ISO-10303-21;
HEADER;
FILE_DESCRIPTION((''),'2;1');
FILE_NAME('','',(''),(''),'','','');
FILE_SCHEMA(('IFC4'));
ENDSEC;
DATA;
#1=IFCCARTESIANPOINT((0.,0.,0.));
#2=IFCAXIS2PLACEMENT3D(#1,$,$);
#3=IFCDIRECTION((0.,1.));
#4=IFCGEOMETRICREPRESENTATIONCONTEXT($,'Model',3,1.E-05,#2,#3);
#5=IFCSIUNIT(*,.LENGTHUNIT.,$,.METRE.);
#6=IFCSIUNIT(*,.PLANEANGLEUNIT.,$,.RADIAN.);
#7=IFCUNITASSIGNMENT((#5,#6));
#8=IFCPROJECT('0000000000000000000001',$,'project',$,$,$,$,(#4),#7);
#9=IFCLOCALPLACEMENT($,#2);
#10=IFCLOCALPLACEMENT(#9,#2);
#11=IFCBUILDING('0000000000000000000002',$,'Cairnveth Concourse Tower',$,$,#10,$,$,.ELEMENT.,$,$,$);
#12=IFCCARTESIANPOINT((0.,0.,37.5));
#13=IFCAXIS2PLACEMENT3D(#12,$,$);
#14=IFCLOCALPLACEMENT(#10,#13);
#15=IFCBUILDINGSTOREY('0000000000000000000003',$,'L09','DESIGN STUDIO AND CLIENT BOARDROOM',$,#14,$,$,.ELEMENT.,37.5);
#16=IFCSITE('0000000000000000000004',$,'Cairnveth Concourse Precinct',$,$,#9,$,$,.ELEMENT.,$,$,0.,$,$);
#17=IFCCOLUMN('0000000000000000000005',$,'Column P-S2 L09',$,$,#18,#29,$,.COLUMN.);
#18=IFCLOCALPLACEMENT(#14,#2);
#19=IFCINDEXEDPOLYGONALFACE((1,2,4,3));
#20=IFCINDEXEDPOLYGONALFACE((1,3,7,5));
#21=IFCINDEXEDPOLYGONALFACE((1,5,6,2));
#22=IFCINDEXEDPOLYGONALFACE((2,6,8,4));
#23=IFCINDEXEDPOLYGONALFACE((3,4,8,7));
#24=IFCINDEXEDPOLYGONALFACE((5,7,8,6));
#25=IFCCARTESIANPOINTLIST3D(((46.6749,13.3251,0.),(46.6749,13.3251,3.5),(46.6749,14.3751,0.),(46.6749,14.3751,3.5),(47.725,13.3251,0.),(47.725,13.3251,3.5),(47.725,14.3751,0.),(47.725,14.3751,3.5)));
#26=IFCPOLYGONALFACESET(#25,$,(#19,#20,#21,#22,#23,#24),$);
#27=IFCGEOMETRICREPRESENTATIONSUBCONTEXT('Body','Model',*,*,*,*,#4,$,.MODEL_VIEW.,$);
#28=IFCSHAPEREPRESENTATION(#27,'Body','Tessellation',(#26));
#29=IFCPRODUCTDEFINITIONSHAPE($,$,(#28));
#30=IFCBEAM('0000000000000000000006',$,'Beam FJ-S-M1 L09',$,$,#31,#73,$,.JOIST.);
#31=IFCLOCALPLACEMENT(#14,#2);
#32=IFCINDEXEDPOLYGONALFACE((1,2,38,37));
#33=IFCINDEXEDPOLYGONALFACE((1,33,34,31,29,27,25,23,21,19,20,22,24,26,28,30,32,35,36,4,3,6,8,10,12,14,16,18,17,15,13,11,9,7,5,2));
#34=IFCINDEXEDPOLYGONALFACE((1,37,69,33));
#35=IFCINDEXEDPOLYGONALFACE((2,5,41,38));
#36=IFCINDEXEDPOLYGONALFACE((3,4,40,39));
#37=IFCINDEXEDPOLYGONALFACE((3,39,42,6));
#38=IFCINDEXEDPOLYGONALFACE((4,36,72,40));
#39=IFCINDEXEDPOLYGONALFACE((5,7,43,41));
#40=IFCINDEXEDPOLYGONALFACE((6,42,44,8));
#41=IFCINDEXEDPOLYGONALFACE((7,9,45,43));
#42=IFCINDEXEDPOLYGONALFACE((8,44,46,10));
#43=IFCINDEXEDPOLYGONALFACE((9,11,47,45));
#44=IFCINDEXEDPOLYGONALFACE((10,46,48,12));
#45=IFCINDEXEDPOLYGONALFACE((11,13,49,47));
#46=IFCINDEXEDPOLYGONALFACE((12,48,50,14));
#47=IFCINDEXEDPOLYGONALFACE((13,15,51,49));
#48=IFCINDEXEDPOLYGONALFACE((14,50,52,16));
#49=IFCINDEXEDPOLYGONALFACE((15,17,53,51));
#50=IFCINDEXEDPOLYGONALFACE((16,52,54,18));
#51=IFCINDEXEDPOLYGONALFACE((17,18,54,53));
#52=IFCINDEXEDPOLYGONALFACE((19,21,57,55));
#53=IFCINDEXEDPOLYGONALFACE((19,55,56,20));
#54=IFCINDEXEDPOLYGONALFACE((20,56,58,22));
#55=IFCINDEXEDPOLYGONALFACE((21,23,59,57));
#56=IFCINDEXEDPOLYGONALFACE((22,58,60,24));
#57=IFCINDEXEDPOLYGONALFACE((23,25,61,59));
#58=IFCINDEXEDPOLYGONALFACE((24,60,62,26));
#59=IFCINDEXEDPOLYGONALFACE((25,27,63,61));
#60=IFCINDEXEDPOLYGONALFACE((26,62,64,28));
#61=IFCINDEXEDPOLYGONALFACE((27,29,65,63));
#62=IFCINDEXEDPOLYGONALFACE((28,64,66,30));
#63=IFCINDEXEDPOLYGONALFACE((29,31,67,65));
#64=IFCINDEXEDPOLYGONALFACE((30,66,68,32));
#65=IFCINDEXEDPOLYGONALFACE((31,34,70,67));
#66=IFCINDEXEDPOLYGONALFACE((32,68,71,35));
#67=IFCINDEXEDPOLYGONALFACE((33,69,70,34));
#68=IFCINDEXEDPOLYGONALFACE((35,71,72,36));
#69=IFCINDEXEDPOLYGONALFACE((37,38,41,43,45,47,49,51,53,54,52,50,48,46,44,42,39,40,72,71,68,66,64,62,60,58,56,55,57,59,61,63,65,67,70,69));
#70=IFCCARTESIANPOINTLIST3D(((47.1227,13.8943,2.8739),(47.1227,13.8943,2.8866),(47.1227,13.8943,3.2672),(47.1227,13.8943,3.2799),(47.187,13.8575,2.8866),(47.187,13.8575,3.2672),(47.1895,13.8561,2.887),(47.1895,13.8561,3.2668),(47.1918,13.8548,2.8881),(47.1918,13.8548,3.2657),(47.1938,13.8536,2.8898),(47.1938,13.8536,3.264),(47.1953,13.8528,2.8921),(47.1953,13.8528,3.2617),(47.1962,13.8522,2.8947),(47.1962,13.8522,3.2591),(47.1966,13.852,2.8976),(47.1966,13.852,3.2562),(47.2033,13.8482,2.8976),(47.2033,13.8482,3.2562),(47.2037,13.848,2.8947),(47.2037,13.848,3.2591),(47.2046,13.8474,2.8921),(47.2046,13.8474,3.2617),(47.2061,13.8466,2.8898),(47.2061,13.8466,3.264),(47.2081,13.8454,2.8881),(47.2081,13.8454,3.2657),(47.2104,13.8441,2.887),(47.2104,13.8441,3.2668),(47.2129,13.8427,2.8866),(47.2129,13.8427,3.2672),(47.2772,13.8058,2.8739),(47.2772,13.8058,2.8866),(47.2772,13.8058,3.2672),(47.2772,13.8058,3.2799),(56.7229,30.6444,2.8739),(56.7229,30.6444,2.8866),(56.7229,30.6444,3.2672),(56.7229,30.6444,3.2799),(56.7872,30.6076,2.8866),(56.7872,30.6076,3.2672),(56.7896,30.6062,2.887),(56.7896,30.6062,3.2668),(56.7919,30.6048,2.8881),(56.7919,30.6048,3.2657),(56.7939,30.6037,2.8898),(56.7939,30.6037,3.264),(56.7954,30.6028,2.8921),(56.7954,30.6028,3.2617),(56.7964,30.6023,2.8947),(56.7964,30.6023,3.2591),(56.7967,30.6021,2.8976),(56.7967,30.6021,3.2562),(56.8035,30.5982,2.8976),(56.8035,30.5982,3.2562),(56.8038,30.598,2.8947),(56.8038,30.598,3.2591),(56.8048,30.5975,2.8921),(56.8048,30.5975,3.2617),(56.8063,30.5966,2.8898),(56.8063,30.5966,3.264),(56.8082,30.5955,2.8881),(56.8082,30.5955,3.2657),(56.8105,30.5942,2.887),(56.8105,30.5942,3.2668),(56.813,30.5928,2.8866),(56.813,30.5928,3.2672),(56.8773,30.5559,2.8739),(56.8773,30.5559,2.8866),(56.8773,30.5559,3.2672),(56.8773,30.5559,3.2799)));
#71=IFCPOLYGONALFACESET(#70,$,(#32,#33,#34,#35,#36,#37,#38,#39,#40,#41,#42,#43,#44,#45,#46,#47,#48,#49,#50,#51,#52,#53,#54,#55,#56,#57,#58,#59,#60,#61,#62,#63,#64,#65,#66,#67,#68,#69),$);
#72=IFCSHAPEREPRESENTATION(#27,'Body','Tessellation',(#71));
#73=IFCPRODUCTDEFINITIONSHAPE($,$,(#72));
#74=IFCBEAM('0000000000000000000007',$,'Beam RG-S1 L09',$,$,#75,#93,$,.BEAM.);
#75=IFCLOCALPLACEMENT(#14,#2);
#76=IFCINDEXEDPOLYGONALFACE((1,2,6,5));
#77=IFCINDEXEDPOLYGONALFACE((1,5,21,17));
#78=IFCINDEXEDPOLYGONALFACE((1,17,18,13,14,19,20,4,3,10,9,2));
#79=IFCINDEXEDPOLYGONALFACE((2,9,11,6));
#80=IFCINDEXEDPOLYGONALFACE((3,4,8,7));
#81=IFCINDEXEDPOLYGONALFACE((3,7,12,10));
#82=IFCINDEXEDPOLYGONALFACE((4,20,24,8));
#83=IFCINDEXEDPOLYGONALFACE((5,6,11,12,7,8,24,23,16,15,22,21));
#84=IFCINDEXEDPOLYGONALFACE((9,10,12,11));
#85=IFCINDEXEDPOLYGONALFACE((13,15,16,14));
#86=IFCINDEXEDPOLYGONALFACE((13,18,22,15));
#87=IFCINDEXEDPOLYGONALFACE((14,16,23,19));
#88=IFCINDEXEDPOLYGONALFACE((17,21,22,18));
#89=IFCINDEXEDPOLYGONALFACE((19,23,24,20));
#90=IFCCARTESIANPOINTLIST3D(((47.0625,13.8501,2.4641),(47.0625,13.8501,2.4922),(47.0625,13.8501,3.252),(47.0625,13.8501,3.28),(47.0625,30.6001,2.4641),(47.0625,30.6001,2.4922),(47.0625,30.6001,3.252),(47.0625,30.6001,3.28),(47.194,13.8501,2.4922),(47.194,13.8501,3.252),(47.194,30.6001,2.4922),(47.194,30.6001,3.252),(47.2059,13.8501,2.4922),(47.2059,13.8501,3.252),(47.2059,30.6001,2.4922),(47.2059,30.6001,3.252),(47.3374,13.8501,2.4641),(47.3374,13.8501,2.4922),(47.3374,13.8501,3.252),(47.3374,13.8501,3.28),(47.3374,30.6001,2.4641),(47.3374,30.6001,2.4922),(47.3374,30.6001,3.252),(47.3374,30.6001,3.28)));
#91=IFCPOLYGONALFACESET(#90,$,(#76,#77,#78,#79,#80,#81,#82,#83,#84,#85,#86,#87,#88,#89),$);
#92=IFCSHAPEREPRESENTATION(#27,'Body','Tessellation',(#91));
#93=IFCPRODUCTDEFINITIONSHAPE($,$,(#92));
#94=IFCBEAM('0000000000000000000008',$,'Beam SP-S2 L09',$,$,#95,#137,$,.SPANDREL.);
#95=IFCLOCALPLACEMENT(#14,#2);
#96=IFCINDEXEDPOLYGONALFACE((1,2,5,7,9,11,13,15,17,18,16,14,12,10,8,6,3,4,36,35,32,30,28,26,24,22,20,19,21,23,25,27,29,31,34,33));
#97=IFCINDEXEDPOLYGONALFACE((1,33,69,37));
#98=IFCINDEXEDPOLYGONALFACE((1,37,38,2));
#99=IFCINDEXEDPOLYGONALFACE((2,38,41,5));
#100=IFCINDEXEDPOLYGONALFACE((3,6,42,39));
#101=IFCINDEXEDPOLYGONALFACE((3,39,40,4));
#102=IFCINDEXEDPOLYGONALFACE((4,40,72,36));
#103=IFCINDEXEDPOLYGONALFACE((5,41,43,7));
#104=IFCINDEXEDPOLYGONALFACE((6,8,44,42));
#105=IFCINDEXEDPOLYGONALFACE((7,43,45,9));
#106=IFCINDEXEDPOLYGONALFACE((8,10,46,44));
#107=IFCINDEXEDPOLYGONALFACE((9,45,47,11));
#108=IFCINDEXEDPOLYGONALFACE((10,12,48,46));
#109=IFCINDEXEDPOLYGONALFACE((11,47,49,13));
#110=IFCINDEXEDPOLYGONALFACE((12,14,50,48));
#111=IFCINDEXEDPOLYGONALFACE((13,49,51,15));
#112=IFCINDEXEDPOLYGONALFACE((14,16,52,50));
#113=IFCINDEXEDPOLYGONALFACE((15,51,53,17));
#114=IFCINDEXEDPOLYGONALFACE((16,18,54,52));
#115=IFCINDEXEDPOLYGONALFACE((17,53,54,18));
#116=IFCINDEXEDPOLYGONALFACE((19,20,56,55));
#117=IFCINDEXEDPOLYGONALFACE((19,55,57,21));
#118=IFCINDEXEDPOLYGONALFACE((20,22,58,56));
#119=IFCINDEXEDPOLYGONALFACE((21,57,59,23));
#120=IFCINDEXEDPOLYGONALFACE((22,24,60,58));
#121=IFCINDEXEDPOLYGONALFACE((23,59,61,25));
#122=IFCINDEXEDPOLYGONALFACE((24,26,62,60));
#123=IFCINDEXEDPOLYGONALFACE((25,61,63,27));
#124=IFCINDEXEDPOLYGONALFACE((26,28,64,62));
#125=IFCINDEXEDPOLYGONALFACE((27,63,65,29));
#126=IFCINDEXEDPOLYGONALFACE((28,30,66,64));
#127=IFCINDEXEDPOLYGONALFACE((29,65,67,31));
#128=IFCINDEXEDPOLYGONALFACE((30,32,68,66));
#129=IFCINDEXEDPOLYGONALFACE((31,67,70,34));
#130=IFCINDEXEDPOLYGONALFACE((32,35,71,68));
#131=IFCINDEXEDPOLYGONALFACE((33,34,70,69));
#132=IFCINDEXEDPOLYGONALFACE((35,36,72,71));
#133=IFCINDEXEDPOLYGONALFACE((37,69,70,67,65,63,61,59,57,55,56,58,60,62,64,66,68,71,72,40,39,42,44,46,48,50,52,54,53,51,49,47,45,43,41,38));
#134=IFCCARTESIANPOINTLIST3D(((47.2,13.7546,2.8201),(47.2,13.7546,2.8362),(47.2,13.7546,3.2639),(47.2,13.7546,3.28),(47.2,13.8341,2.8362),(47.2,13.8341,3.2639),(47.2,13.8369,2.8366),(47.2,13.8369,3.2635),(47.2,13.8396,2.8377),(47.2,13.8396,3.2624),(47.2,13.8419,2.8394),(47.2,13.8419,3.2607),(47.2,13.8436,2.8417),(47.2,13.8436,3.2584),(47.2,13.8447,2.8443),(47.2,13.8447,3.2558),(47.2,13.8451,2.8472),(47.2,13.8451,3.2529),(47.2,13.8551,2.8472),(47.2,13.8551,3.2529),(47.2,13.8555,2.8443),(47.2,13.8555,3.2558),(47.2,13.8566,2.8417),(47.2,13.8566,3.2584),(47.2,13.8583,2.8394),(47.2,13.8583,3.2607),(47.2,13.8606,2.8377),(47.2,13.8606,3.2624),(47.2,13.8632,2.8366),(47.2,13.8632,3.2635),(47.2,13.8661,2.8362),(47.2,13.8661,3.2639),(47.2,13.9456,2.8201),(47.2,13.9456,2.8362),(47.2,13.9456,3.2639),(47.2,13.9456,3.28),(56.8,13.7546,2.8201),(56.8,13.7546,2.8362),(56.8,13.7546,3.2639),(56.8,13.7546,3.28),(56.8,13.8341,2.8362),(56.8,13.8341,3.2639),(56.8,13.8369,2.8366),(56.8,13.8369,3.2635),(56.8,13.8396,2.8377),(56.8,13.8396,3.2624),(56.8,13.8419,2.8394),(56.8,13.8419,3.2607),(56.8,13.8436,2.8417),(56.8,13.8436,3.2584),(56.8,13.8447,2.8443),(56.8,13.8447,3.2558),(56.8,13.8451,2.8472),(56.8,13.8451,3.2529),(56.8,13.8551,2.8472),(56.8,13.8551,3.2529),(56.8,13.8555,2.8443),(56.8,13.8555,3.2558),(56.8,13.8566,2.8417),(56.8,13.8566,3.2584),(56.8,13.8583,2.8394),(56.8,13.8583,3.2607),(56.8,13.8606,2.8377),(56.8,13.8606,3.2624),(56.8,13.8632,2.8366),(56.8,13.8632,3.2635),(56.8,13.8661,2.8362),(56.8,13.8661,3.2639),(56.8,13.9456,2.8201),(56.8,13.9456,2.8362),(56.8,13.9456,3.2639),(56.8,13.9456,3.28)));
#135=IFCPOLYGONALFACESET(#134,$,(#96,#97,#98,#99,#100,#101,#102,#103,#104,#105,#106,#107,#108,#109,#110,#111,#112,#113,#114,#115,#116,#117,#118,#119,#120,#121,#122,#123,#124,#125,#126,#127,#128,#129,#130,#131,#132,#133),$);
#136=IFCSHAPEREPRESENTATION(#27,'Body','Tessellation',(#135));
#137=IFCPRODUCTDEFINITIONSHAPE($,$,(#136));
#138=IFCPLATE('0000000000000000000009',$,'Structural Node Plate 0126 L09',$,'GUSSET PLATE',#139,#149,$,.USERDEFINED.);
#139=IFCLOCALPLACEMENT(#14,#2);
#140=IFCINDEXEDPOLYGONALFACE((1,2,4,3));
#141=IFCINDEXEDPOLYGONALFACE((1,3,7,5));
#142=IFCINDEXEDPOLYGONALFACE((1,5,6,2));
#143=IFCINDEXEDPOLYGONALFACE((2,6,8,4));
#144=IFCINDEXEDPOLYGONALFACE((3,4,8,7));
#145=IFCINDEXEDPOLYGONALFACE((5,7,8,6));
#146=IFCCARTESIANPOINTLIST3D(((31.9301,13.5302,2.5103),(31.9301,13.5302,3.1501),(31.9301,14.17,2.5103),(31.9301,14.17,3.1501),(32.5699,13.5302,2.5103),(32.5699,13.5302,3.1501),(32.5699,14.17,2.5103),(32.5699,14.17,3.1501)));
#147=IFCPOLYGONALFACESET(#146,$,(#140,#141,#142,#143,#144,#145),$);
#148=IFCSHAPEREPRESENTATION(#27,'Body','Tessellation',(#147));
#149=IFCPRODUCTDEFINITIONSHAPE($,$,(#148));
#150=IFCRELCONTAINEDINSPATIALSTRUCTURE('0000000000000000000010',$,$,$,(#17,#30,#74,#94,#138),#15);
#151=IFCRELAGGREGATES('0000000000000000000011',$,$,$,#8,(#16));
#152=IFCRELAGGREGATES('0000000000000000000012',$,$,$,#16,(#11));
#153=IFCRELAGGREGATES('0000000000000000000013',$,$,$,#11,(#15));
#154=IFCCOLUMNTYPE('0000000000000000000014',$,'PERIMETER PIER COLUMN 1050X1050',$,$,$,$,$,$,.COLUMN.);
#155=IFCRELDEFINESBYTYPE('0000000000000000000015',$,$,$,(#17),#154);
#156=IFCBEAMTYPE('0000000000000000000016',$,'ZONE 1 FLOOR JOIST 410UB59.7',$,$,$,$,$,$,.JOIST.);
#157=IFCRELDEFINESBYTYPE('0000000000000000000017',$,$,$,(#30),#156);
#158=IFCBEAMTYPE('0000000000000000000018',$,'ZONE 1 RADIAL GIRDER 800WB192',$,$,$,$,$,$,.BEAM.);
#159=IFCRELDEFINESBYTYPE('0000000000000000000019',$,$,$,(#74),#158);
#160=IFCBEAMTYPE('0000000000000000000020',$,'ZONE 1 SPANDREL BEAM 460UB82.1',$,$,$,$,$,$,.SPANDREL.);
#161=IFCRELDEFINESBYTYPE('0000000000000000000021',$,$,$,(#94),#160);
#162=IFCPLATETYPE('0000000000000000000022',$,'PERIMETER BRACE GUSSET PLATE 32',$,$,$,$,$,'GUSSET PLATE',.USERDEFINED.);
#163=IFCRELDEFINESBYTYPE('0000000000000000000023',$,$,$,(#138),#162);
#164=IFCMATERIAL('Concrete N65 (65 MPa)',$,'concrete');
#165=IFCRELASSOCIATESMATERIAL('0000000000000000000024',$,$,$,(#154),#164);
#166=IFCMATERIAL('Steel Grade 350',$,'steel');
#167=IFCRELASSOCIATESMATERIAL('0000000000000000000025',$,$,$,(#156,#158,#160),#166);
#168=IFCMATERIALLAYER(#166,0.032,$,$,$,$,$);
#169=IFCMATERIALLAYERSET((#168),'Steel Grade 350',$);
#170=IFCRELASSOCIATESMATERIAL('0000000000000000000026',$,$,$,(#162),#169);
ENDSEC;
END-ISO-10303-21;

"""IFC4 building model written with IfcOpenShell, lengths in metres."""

from ifc_helpers import new_model, si_unit, direction, frame, origin, origin_2d, place, context, subcontext, project, spatial, rectangle, i_section, extrude, material, layer, layer_set, material_profile, profile_set, type_object, element, save


model = new_model("IFC4")

# Units and contexts
model_context = context("Model", 3, precision=1e-05, world=origin(), true_north=direction((0.0, 1.0)))
body_context = subcontext(model_context, "Body", "Model", "MODEL_VIEW")
ifc_project = project(units=[si_unit("LENGTHUNIT", "METRE"), si_unit("PLANEANGLEUNIT", "RADIAN")], contexts=[model_context])

# Site, building, storey
site_placement = place(None, origin())
site = spatial("IfcSite", under=ifc_project, at=site_placement, Name="Cairnveth Concourse Precinct", CompositionType="ELEMENT", RefElevation=0.0)
building_placement = place(site_placement, origin())
building = spatial("IfcBuilding", under=site, at=building_placement, Name="Cairnveth Concourse Tower", CompositionType="ELEMENT")
storey_placement = place(building_placement, frame((0.0, 0.0, 37.5)))
storey = spatial("IfcBuildingStorey", under=building, at=storey_placement, Name="L09", Description="DESIGN STUDIO AND CLIENT BOARDROOM", CompositionType="ELEMENT", Elevation=37.5)

# Column
ifc_material_1 = material(Name="Concrete N65 (65 MPa)", Category="concrete")
ifc_material_profile_1 = material_profile(ifc_material_1, rectangle(XDim=1.05, YDim=1.05, at=origin_2d()), Name="RC-COL-1050x1050")
ifc_profile_set_1 = profile_set([ifc_material_profile_1], Name="Concrete N65 (65 MPa)")
column_type = type_object("IfcColumnType", Name="PERIMETER PIER COLUMN 1050X1050", PredefinedType="COLUMN", material=ifc_profile_set_1)
column_placement = place(storey_placement, frame((47.2, 13.8501, 0.0), z_axis=(0.0, 0.0, 1.0), x_axis=(1.0, 0.0, 0.0)))
element("IfcColumn", 1, at=column_placement, inside=storey, type_object=column_type, Name="Column P-S2 L09", PredefinedType="COLUMN", context=body_context, shape_type="SweptSolid", body=[
    extrude(rectangle(XDim=1.05, YDim=1.05, at=origin_2d()), origin(), (0.0, 0.0, 1.0), 3.5),
])

# Beams
ifc_material_2 = material(Name="Steel Grade 350", Category="steel")
ifc_material_profile_2 = material_profile(ifc_material_2, i_section(OverallWidth=0.178, OverallDepth=0.406, WebThickness=0.0078, FlangeThickness=0.0127, FilletRadius=0.011, at=origin_2d()), Name="410UB59.7")
ifc_profile_set_2 = profile_set([ifc_material_profile_2], Name="Steel Grade 350")
beam_type_1 = type_object("IfcBeamType", Name="ZONE 1 FLOOR JOIST 410UB59.7", PredefinedType="JOIST", material=ifc_profile_set_2)
beam_1_placement = place(storey_placement, frame((47.2, 13.8501, 3.0769), z_axis=(0.497258, 0.867603, 0.0), x_axis=(-0.867603, 0.497258, 0.0)))
element("IfcBeam", 2, at=beam_1_placement, inside=storey, type_object=beam_type_1, Name="Beam FJ-S-M1 L09", PredefinedType="JOIST", context=body_context, shape_type="SweptSolid", body=[
    extrude(i_section(OverallWidth=0.178, OverallDepth=0.406, WebThickness=0.0078, FlangeThickness=0.0127, FilletRadius=0.011, at=origin_2d()), origin(), (0.0, 0.0, 1.0), 19.3062),
])
ifc_material_profile_3 = material_profile(ifc_material_2, i_section(OverallWidth=0.2749, OverallDepth=0.8159, WebThickness=0.012, FlangeThickness=0.0281, at=origin_2d()), Name="800WB192")
ifc_profile_set_3 = profile_set([ifc_material_profile_3], Name="Steel Grade 350")
beam_type_2 = type_object("IfcBeamType", Name="ZONE 1 RADIAL GIRDER 800WB192", PredefinedType="BEAM", material=ifc_profile_set_3)
beam_2_placement = place(storey_placement, frame((47.2, 13.8501, 2.8721), z_axis=(0.0, 1.0, 0.0), x_axis=(-1.0, 0.0, 0.0)))
element("IfcBeam", 3, at=beam_2_placement, inside=storey, type_object=beam_type_2, Name="Beam RG-S1 L09", PredefinedType="BEAM", context=body_context, shape_type="SweptSolid", body=[
    extrude(i_section(OverallWidth=0.2749, OverallDepth=0.8159, WebThickness=0.012, FlangeThickness=0.0281, at=origin_2d()), origin(), (0.0, 0.0, 1.0), 16.75),
])
ifc_material_profile_4 = material_profile(ifc_material_2, i_section(OverallWidth=0.1909, OverallDepth=0.46, WebThickness=0.01, FlangeThickness=0.0161, FilletRadius=0.011, at=origin_2d()), Name="460UB82.1")
ifc_profile_set_4 = profile_set([ifc_material_profile_4], Name="Steel Grade 350")
beam_type_3 = type_object("IfcBeamType", Name="ZONE 1 SPANDREL BEAM 460UB82.1", PredefinedType="SPANDREL", material=ifc_profile_set_4)
beam_3_placement = place(storey_placement, frame((47.2, 13.8501, 3.05), z_axis=(1.0, 0.0, 0.0), x_axis=(0.0, 1.0, 0.0)))
element("IfcBeam", 4, at=beam_3_placement, inside=storey, type_object=beam_type_3, Name="Beam SP-S2 L09", PredefinedType="SPANDREL", context=body_context, shape_type="SweptSolid", body=[
    extrude(i_section(OverallWidth=0.1909, OverallDepth=0.46, WebThickness=0.01, FlangeThickness=0.0161, FilletRadius=0.011, at=origin_2d()), origin(), (0.0, 0.0, 1.0), 9.6001),
])

# Plate
ifc_layer_1 = layer(ifc_material_2, 0.032)
ifc_layer_set_1 = layer_set([ifc_layer_1], Name="Steel Grade 350")
plate_type = type_object("IfcPlateType", Name="PERIMETER BRACE GUSSET PLATE 32", ElementType="GUSSET PLATE", PredefinedType="USERDEFINED", material=ifc_layer_set_1)
plate_placement = place(storey_placement, frame((32.25, 13.8501, 2.5103), z_axis=(0.0, 0.0, 1.0), x_axis=(1.0, 0.0, 0.0)))
element("IfcPlate", 5, at=plate_placement, inside=storey, type_object=plate_type, Name="Structural Node Plate 0126 L09", ObjectType="GUSSET PLATE", PredefinedType="USERDEFINED", context=body_context, shape_type="SweptSolid", body=[
    extrude(rectangle(XDim=0.6399, YDim=0.6399, at=origin_2d()), origin(), (0.0, 0.0, 1.0), 0.6399),
])

save(model, "model.ifc")
